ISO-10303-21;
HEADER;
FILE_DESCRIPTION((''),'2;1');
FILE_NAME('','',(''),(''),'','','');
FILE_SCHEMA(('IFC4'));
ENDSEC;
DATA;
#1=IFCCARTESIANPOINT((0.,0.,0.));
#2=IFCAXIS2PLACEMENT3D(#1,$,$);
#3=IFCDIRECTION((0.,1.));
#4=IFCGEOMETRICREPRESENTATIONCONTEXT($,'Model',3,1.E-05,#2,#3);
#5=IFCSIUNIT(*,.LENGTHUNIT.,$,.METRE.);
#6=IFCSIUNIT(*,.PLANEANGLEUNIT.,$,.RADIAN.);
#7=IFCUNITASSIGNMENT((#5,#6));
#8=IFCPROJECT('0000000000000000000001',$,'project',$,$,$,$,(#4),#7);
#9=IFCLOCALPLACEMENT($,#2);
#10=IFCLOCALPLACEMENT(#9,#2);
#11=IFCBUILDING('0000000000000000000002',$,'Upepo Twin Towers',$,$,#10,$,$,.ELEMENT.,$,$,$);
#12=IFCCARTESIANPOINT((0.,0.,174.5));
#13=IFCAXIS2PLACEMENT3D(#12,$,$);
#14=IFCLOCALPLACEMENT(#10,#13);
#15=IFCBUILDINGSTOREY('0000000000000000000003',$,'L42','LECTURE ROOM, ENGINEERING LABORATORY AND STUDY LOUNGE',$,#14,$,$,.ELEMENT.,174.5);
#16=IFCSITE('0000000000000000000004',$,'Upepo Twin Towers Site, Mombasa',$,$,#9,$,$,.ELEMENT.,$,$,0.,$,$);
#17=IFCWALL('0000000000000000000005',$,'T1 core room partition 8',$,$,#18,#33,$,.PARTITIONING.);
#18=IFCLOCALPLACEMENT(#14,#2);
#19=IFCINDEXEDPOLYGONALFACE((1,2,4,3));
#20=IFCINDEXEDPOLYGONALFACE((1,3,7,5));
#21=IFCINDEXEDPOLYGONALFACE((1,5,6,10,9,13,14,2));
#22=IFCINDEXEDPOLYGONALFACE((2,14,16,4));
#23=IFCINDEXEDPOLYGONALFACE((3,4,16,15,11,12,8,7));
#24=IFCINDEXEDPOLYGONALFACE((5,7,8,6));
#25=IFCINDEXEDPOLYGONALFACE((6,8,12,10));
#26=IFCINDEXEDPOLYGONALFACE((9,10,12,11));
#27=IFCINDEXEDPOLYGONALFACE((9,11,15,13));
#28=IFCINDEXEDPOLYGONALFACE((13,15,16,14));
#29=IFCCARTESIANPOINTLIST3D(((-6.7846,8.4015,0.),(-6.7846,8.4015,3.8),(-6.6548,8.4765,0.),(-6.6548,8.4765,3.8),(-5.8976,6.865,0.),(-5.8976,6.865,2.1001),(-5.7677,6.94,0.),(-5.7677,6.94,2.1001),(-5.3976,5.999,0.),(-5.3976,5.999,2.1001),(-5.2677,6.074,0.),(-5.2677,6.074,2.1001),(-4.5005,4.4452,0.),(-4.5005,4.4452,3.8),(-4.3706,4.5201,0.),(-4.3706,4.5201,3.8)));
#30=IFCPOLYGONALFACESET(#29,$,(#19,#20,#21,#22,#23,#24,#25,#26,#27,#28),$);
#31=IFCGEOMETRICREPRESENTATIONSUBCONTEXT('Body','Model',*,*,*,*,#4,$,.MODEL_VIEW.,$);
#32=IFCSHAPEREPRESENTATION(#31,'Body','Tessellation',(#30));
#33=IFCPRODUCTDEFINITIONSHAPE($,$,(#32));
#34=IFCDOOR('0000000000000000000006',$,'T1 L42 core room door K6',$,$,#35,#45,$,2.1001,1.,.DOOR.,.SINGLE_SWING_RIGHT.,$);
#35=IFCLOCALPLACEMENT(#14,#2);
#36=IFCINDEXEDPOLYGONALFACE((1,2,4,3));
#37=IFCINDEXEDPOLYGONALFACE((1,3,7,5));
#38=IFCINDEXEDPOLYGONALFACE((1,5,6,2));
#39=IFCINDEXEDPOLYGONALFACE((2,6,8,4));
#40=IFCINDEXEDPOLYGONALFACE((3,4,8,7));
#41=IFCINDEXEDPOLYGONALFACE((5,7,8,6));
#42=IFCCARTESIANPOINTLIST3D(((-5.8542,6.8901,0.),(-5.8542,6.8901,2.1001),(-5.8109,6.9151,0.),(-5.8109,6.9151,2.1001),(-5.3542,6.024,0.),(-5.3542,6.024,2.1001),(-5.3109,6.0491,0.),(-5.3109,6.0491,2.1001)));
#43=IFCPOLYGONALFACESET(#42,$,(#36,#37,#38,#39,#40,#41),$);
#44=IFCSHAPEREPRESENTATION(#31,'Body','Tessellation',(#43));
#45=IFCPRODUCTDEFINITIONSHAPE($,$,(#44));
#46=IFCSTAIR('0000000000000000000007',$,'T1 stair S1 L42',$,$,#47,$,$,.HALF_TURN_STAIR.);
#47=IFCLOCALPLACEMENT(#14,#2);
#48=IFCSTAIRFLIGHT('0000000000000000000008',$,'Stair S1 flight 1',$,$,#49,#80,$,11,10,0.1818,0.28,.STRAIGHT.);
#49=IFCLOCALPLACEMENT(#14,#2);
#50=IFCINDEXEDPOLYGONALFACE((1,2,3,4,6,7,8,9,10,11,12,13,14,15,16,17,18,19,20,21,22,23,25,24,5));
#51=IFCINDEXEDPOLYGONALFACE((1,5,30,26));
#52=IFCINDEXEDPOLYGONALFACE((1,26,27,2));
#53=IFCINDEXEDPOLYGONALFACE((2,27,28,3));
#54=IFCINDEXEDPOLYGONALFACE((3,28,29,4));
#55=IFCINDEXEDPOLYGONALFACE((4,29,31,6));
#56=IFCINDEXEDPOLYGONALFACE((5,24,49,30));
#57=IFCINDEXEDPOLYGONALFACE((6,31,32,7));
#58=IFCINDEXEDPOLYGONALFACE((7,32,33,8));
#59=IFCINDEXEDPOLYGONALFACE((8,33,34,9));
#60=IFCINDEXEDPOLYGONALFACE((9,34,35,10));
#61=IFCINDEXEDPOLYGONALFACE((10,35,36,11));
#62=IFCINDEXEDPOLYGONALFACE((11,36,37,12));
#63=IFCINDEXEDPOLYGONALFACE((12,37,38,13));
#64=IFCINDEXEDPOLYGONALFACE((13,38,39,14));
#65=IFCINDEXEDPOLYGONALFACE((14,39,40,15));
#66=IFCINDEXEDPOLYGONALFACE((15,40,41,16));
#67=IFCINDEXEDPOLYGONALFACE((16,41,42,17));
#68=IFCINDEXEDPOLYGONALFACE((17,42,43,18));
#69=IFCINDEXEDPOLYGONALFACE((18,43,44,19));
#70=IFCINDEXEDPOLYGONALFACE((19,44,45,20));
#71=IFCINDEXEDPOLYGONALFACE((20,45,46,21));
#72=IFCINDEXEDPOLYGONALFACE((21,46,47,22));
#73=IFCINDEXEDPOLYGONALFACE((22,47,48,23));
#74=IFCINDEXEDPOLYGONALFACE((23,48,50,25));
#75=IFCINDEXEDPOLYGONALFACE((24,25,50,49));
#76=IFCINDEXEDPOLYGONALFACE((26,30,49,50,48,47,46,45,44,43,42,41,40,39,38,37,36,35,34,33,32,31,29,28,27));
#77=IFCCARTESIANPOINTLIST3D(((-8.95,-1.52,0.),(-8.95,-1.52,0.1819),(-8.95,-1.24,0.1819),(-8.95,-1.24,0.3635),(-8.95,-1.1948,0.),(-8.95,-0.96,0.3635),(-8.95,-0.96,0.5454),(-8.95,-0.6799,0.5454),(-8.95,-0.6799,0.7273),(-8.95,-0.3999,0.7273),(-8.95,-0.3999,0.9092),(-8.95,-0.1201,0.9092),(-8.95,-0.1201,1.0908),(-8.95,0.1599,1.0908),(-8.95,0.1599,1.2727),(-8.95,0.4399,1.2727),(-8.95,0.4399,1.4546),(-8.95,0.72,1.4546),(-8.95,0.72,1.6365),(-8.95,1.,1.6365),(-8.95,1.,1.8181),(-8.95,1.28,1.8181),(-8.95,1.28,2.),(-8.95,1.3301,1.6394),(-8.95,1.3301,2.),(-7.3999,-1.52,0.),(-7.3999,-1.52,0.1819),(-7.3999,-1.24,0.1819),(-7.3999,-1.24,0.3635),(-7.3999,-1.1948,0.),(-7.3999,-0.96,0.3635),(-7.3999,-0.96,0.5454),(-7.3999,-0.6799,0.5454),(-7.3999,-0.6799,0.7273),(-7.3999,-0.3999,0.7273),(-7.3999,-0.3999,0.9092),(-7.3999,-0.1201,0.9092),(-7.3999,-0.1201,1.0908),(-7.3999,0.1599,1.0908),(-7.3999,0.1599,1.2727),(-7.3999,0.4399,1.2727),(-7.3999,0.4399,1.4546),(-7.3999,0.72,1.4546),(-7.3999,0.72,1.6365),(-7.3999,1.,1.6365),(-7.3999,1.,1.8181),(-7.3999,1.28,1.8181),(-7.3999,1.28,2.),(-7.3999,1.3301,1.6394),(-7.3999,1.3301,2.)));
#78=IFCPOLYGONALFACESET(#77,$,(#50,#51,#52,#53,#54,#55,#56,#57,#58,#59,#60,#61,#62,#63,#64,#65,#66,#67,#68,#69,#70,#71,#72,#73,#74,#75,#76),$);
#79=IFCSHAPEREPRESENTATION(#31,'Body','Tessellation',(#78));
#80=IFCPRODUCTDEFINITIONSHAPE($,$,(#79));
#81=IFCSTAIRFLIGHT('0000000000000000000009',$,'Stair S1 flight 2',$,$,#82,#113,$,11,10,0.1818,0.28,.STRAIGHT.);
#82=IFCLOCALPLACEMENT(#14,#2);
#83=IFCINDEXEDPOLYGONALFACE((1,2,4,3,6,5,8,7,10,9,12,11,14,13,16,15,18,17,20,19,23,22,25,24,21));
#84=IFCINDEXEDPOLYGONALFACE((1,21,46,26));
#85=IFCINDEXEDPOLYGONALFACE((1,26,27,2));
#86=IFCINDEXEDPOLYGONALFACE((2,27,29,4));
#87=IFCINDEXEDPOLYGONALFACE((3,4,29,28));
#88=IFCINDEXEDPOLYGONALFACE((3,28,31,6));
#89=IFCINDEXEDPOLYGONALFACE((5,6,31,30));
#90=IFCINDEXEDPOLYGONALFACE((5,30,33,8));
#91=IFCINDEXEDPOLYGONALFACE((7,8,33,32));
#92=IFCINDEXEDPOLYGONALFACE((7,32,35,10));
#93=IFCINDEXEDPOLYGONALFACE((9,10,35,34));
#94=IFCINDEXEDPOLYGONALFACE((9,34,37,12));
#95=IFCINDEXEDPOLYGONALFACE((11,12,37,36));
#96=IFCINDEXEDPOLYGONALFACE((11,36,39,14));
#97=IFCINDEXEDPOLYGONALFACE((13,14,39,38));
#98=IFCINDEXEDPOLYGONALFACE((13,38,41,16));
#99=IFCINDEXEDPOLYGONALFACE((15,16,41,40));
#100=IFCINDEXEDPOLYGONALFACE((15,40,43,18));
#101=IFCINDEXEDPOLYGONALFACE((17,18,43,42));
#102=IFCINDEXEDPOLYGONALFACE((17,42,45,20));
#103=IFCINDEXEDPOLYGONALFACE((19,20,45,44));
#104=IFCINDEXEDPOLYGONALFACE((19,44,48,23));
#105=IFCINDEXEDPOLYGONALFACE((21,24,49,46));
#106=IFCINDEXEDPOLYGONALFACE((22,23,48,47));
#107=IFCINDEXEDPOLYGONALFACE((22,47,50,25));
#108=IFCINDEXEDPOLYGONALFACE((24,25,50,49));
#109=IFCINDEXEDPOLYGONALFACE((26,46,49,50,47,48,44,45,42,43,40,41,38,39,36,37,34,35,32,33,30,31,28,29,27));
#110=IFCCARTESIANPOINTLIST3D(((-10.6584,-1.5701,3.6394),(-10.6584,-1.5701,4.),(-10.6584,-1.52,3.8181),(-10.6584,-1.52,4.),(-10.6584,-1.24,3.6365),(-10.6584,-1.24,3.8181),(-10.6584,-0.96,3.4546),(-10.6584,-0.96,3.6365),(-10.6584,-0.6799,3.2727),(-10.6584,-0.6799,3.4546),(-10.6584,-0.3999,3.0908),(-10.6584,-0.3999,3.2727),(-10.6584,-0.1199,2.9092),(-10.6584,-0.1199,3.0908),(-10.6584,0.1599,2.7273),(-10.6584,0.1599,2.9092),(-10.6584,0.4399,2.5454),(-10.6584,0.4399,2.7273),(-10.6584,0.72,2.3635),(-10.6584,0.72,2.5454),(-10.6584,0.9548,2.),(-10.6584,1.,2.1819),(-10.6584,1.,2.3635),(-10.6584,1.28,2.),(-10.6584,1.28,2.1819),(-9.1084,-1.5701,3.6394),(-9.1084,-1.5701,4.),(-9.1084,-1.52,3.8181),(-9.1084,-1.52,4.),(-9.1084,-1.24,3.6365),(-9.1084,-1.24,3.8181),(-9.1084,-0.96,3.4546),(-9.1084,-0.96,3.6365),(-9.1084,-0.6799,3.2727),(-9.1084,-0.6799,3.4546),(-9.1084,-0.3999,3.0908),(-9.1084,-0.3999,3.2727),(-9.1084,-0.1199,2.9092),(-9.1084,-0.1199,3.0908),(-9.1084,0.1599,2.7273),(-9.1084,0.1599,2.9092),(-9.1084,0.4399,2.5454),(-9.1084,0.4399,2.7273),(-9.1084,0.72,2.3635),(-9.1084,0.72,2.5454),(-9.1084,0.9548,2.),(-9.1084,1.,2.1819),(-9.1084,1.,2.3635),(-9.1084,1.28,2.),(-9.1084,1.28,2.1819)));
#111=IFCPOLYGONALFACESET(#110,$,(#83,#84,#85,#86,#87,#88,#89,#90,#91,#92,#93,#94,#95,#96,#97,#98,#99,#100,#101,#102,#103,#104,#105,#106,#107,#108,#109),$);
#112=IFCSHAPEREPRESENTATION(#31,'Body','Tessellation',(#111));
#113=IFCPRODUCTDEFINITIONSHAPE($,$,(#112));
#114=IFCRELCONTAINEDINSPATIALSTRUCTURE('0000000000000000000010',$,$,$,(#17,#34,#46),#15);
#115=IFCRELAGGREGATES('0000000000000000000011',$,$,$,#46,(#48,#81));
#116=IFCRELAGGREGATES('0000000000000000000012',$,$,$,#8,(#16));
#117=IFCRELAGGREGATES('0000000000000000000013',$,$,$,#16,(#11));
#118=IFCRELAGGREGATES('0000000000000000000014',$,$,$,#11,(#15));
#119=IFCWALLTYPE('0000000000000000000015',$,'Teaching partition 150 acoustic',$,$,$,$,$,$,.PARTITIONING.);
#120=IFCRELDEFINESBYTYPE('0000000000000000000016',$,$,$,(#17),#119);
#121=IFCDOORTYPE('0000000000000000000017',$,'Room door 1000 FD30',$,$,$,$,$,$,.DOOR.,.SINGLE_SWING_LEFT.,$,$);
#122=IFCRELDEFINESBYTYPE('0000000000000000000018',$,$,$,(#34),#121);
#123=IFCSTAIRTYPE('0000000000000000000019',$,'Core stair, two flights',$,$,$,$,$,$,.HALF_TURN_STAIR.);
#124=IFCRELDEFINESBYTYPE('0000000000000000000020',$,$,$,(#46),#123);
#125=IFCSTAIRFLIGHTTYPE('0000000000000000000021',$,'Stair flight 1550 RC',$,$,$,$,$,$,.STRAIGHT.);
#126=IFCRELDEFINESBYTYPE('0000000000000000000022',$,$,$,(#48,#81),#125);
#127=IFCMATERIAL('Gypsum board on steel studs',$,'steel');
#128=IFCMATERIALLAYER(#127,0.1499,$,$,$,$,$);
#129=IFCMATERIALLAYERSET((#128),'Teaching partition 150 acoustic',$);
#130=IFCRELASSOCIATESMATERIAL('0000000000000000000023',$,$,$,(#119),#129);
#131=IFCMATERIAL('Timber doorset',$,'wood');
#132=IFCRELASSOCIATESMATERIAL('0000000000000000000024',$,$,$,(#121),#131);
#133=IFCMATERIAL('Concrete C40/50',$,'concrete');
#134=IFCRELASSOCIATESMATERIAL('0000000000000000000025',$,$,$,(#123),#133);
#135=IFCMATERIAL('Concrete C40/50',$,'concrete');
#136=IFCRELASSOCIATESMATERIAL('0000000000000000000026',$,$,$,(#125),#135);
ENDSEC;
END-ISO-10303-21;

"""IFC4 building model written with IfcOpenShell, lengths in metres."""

from ifc_helpers import new_model, si_unit, direction, frame, frame_2d, origin, place, context, subcontext, project, spatial, polyline, rectangle, outline, extrude, material, layer, layer_set, type_object, element, fill, aggregate, save


model = new_model("IFC4")

# Units and contexts
model_context = context("Model", 3, precision=1e-05, world=origin(), true_north=direction((0.0, 1.0)))
body_context = subcontext(model_context, "Body", "Model", "MODEL_VIEW")
ifc_project = project(units=[si_unit("LENGTHUNIT", "METRE"), si_unit("PLANEANGLEUNIT", "RADIAN")], contexts=[model_context])

# Site, building, storey
site_placement = place(None, origin())
site = spatial("IfcSite", under=ifc_project, at=site_placement, Name="Upepo Twin Towers Site, Mombasa", CompositionType="ELEMENT", RefElevation=0.0)
building_placement = place(site_placement, origin())
building = spatial("IfcBuilding", under=site, at=building_placement, Name="Upepo Twin Towers", CompositionType="ELEMENT")
storey_placement = place(building_placement, frame((0.0, 0.0, 174.5)))
storey = spatial("IfcBuildingStorey", under=building, at=storey_placement, Name="L42", Description="LECTURE ROOM, ENGINEERING LABORATORY AND STUDY LOUNGE", CompositionType="ELEMENT", Elevation=174.5)

# Shared definitions
ifc_material_1 = material(Name="Gypsum board on steel studs", Category="steel")
ifc_layer_1 = layer(ifc_material_1, 0.1499)
ifc_layer_set_1 = layer_set([ifc_layer_1], Name="Teaching partition 150 acoustic")
wall_type_1 = type_object("IfcWallType", Name="Teaching partition 150 acoustic", PredefinedType="PARTITIONING", material=ifc_layer_set_1)

# Wall, opening, door
wall_1_placement = place(storey_placement, frame((-4.4355, 4.4827, 0.0), z_axis=(0.0, 0.0, 1.0), x_axis=(-0.500002, 0.866025, 0.0)))
wall_1 = element("IfcWall", 1, at=wall_1_placement, inside=storey, type_object=wall_type_1, Name="T1 core room partition 8", PredefinedType="PARTITIONING", context=body_context, shape_type="SweptSolid", body=[
    extrude(rectangle(XDim=4.5684, YDim=0.1499, at=frame_2d((2.2842, 0.0))), origin(), (0.0, 0.0, 1.0), 3.8),
])
opening_1_placement = place(wall_1_placement, frame((1.7942, 0.0, 0.0)))
opening_1 = element("IfcOpeningElement", 2, at=opening_1_placement, cuts=wall_1, PredefinedType="OPENING", context=body_context, shape_type="SweptSolid", body=[
    extrude(rectangle(XDim=1.0, YDim=2.1001, at=frame_2d((0.5, 1.05))), frame((0.0, 0.085, 0.0), z_axis=(0.0, -1.0, 0.0), x_axis=(1.0, 0.0, 0.0)), (0.0, 0.0, 1.0), 0.1699),
])
ifc_material_2 = material(Name="Timber doorset", Category="wood")
door_type_1 = type_object("IfcDoorType", Name="Room door 1000 FD30", OperationType="SINGLE_SWING_LEFT", PredefinedType="DOOR", material=ifc_material_2)
door_1_placement = place(opening_1_placement, origin())
door_1 = element("IfcDoor", 3, at=door_1_placement, inside=storey, type_object=door_type_1, Name="T1 L42 core room door K6", OperationType="SINGLE_SWING_RIGHT", OverallHeight=2.1001, OverallWidth=1.0, PredefinedType="DOOR", context=body_context, shape_type="SweptSolid", body=[
    extrude(rectangle(XDim=1.0, YDim=2.1001, at=frame_2d((0.5, 1.05))), frame((0.0, 0.0249, 0.0), z_axis=(0.0, -1.0, 0.0), x_axis=(1.0, 0.0, 0.0)), (0.0, 0.0, 1.0), 0.05),
])
fill(opening_1, door_1)

# Stair, stair flights
ifc_material_3 = material(Name="Concrete C40/50", Category="concrete")
stair_type = type_object("IfcStairType", Name="Core stair, two flights", PredefinedType="HALF_TURN_STAIR", material=ifc_material_3)
stair_placement = place(storey_placement, origin())
stair = element("IfcStair", 4, at=stair_placement, inside=storey, type_object=stair_type, Name="T1 stair S1 L42", PredefinedType="HALF_TURN_STAIR")
ifc_material_4 = material(Name="Concrete C40/50", Category="concrete")
stair_flight_type = type_object("IfcStairFlightType", Name="Stair flight 1550 RC", PredefinedType="STRAIGHT", material=ifc_material_4)
stair_flight_1_placement = place(storey_placement, frame((-8.175, -1.52, 0.0), z_axis=(0.0, 0.0, 1.0), x_axis=(0.0, 1.0, 0.0)))
stair_flight_1 = element("IfcStairFlight", 5, at=stair_flight_1_placement, type_object=stair_flight_type, Name="Stair S1 flight 1", NumberOfRisers=11, NumberOfTreads=10, PredefinedType="STRAIGHT", RiserHeight=0.1818, TreadLength=0.28, context=body_context, shape_type="SweptSolid", body=[
    extrude(outline(polyline([(0.0, 0.0), (0.0, 0.1819), (0.28, 0.1819), (0.28, 0.3635), (0.5601, 0.3635), (0.5601, 0.5454), (0.8401, 0.5454), (0.8401, 0.7273), (1.1201, 0.7273), (1.1201, 0.9092), (1.3999, 0.9092), (1.3999, 1.0908), (1.6799, 1.0908), (1.6799, 1.2727), (1.96, 1.2727), (1.96, 1.4546), (2.24, 1.4546), (2.24, 1.6365), (2.52, 1.6365), (2.52, 1.8181), (2.8, 1.8181), (2.8, 2.0), (2.8501, 2.0), (2.8501, 1.6394), (0.3252, 0.0), (0.0, 0.0)])), frame((0.0, 0.7749, 0.0), z_axis=(0.0, -1.0, 0.0), x_axis=(1.0, 0.0, 0.0)), (0.0, 0.0, 1.0), 1.55),
])
stair_flight_2_placement = place(storey_placement, frame((-9.8833, 1.28, 2.0), z_axis=(0.0, 0.0, 1.0), x_axis=(0.0, -1.0, 0.0)))
stair_flight_2 = element("IfcStairFlight", 6, at=stair_flight_2_placement, type_object=stair_flight_type, Name="Stair S1 flight 2", NumberOfRisers=11, NumberOfTreads=10, PredefinedType="STRAIGHT", RiserHeight=0.1818, TreadLength=0.28, context=body_context, shape_type="SweptSolid", body=[
    extrude(outline(polyline([(0.0, 0.0), (0.0, 0.1819), (0.28, 0.1819), (0.28, 0.3635), (0.5601, 0.3635), (0.5601, 0.5454), (0.8401, 0.5454), (0.8401, 0.7273), (1.1201, 0.7273), (1.1201, 0.9092), (1.3999, 0.9092), (1.3999, 1.0908), (1.6799, 1.0908), (1.6799, 1.2727), (1.96, 1.2727), (1.96, 1.4546), (2.24, 1.4546), (2.24, 1.6365), (2.52, 1.6365), (2.52, 1.8181), (2.8, 1.8181), (2.8, 2.0), (2.8501, 2.0), (2.8501, 1.6394), (0.3252, 0.0), (0.0, 0.0)])), frame((0.0, 0.7749, 0.0), z_axis=(0.0, -1.0, 0.0), x_axis=(1.0, 0.0, 0.0)), (0.0, 0.0, 1.0), 1.55),
])
aggregate(stair, [stair_flight_1, stair_flight_2])

save(model, "model.ifc")
